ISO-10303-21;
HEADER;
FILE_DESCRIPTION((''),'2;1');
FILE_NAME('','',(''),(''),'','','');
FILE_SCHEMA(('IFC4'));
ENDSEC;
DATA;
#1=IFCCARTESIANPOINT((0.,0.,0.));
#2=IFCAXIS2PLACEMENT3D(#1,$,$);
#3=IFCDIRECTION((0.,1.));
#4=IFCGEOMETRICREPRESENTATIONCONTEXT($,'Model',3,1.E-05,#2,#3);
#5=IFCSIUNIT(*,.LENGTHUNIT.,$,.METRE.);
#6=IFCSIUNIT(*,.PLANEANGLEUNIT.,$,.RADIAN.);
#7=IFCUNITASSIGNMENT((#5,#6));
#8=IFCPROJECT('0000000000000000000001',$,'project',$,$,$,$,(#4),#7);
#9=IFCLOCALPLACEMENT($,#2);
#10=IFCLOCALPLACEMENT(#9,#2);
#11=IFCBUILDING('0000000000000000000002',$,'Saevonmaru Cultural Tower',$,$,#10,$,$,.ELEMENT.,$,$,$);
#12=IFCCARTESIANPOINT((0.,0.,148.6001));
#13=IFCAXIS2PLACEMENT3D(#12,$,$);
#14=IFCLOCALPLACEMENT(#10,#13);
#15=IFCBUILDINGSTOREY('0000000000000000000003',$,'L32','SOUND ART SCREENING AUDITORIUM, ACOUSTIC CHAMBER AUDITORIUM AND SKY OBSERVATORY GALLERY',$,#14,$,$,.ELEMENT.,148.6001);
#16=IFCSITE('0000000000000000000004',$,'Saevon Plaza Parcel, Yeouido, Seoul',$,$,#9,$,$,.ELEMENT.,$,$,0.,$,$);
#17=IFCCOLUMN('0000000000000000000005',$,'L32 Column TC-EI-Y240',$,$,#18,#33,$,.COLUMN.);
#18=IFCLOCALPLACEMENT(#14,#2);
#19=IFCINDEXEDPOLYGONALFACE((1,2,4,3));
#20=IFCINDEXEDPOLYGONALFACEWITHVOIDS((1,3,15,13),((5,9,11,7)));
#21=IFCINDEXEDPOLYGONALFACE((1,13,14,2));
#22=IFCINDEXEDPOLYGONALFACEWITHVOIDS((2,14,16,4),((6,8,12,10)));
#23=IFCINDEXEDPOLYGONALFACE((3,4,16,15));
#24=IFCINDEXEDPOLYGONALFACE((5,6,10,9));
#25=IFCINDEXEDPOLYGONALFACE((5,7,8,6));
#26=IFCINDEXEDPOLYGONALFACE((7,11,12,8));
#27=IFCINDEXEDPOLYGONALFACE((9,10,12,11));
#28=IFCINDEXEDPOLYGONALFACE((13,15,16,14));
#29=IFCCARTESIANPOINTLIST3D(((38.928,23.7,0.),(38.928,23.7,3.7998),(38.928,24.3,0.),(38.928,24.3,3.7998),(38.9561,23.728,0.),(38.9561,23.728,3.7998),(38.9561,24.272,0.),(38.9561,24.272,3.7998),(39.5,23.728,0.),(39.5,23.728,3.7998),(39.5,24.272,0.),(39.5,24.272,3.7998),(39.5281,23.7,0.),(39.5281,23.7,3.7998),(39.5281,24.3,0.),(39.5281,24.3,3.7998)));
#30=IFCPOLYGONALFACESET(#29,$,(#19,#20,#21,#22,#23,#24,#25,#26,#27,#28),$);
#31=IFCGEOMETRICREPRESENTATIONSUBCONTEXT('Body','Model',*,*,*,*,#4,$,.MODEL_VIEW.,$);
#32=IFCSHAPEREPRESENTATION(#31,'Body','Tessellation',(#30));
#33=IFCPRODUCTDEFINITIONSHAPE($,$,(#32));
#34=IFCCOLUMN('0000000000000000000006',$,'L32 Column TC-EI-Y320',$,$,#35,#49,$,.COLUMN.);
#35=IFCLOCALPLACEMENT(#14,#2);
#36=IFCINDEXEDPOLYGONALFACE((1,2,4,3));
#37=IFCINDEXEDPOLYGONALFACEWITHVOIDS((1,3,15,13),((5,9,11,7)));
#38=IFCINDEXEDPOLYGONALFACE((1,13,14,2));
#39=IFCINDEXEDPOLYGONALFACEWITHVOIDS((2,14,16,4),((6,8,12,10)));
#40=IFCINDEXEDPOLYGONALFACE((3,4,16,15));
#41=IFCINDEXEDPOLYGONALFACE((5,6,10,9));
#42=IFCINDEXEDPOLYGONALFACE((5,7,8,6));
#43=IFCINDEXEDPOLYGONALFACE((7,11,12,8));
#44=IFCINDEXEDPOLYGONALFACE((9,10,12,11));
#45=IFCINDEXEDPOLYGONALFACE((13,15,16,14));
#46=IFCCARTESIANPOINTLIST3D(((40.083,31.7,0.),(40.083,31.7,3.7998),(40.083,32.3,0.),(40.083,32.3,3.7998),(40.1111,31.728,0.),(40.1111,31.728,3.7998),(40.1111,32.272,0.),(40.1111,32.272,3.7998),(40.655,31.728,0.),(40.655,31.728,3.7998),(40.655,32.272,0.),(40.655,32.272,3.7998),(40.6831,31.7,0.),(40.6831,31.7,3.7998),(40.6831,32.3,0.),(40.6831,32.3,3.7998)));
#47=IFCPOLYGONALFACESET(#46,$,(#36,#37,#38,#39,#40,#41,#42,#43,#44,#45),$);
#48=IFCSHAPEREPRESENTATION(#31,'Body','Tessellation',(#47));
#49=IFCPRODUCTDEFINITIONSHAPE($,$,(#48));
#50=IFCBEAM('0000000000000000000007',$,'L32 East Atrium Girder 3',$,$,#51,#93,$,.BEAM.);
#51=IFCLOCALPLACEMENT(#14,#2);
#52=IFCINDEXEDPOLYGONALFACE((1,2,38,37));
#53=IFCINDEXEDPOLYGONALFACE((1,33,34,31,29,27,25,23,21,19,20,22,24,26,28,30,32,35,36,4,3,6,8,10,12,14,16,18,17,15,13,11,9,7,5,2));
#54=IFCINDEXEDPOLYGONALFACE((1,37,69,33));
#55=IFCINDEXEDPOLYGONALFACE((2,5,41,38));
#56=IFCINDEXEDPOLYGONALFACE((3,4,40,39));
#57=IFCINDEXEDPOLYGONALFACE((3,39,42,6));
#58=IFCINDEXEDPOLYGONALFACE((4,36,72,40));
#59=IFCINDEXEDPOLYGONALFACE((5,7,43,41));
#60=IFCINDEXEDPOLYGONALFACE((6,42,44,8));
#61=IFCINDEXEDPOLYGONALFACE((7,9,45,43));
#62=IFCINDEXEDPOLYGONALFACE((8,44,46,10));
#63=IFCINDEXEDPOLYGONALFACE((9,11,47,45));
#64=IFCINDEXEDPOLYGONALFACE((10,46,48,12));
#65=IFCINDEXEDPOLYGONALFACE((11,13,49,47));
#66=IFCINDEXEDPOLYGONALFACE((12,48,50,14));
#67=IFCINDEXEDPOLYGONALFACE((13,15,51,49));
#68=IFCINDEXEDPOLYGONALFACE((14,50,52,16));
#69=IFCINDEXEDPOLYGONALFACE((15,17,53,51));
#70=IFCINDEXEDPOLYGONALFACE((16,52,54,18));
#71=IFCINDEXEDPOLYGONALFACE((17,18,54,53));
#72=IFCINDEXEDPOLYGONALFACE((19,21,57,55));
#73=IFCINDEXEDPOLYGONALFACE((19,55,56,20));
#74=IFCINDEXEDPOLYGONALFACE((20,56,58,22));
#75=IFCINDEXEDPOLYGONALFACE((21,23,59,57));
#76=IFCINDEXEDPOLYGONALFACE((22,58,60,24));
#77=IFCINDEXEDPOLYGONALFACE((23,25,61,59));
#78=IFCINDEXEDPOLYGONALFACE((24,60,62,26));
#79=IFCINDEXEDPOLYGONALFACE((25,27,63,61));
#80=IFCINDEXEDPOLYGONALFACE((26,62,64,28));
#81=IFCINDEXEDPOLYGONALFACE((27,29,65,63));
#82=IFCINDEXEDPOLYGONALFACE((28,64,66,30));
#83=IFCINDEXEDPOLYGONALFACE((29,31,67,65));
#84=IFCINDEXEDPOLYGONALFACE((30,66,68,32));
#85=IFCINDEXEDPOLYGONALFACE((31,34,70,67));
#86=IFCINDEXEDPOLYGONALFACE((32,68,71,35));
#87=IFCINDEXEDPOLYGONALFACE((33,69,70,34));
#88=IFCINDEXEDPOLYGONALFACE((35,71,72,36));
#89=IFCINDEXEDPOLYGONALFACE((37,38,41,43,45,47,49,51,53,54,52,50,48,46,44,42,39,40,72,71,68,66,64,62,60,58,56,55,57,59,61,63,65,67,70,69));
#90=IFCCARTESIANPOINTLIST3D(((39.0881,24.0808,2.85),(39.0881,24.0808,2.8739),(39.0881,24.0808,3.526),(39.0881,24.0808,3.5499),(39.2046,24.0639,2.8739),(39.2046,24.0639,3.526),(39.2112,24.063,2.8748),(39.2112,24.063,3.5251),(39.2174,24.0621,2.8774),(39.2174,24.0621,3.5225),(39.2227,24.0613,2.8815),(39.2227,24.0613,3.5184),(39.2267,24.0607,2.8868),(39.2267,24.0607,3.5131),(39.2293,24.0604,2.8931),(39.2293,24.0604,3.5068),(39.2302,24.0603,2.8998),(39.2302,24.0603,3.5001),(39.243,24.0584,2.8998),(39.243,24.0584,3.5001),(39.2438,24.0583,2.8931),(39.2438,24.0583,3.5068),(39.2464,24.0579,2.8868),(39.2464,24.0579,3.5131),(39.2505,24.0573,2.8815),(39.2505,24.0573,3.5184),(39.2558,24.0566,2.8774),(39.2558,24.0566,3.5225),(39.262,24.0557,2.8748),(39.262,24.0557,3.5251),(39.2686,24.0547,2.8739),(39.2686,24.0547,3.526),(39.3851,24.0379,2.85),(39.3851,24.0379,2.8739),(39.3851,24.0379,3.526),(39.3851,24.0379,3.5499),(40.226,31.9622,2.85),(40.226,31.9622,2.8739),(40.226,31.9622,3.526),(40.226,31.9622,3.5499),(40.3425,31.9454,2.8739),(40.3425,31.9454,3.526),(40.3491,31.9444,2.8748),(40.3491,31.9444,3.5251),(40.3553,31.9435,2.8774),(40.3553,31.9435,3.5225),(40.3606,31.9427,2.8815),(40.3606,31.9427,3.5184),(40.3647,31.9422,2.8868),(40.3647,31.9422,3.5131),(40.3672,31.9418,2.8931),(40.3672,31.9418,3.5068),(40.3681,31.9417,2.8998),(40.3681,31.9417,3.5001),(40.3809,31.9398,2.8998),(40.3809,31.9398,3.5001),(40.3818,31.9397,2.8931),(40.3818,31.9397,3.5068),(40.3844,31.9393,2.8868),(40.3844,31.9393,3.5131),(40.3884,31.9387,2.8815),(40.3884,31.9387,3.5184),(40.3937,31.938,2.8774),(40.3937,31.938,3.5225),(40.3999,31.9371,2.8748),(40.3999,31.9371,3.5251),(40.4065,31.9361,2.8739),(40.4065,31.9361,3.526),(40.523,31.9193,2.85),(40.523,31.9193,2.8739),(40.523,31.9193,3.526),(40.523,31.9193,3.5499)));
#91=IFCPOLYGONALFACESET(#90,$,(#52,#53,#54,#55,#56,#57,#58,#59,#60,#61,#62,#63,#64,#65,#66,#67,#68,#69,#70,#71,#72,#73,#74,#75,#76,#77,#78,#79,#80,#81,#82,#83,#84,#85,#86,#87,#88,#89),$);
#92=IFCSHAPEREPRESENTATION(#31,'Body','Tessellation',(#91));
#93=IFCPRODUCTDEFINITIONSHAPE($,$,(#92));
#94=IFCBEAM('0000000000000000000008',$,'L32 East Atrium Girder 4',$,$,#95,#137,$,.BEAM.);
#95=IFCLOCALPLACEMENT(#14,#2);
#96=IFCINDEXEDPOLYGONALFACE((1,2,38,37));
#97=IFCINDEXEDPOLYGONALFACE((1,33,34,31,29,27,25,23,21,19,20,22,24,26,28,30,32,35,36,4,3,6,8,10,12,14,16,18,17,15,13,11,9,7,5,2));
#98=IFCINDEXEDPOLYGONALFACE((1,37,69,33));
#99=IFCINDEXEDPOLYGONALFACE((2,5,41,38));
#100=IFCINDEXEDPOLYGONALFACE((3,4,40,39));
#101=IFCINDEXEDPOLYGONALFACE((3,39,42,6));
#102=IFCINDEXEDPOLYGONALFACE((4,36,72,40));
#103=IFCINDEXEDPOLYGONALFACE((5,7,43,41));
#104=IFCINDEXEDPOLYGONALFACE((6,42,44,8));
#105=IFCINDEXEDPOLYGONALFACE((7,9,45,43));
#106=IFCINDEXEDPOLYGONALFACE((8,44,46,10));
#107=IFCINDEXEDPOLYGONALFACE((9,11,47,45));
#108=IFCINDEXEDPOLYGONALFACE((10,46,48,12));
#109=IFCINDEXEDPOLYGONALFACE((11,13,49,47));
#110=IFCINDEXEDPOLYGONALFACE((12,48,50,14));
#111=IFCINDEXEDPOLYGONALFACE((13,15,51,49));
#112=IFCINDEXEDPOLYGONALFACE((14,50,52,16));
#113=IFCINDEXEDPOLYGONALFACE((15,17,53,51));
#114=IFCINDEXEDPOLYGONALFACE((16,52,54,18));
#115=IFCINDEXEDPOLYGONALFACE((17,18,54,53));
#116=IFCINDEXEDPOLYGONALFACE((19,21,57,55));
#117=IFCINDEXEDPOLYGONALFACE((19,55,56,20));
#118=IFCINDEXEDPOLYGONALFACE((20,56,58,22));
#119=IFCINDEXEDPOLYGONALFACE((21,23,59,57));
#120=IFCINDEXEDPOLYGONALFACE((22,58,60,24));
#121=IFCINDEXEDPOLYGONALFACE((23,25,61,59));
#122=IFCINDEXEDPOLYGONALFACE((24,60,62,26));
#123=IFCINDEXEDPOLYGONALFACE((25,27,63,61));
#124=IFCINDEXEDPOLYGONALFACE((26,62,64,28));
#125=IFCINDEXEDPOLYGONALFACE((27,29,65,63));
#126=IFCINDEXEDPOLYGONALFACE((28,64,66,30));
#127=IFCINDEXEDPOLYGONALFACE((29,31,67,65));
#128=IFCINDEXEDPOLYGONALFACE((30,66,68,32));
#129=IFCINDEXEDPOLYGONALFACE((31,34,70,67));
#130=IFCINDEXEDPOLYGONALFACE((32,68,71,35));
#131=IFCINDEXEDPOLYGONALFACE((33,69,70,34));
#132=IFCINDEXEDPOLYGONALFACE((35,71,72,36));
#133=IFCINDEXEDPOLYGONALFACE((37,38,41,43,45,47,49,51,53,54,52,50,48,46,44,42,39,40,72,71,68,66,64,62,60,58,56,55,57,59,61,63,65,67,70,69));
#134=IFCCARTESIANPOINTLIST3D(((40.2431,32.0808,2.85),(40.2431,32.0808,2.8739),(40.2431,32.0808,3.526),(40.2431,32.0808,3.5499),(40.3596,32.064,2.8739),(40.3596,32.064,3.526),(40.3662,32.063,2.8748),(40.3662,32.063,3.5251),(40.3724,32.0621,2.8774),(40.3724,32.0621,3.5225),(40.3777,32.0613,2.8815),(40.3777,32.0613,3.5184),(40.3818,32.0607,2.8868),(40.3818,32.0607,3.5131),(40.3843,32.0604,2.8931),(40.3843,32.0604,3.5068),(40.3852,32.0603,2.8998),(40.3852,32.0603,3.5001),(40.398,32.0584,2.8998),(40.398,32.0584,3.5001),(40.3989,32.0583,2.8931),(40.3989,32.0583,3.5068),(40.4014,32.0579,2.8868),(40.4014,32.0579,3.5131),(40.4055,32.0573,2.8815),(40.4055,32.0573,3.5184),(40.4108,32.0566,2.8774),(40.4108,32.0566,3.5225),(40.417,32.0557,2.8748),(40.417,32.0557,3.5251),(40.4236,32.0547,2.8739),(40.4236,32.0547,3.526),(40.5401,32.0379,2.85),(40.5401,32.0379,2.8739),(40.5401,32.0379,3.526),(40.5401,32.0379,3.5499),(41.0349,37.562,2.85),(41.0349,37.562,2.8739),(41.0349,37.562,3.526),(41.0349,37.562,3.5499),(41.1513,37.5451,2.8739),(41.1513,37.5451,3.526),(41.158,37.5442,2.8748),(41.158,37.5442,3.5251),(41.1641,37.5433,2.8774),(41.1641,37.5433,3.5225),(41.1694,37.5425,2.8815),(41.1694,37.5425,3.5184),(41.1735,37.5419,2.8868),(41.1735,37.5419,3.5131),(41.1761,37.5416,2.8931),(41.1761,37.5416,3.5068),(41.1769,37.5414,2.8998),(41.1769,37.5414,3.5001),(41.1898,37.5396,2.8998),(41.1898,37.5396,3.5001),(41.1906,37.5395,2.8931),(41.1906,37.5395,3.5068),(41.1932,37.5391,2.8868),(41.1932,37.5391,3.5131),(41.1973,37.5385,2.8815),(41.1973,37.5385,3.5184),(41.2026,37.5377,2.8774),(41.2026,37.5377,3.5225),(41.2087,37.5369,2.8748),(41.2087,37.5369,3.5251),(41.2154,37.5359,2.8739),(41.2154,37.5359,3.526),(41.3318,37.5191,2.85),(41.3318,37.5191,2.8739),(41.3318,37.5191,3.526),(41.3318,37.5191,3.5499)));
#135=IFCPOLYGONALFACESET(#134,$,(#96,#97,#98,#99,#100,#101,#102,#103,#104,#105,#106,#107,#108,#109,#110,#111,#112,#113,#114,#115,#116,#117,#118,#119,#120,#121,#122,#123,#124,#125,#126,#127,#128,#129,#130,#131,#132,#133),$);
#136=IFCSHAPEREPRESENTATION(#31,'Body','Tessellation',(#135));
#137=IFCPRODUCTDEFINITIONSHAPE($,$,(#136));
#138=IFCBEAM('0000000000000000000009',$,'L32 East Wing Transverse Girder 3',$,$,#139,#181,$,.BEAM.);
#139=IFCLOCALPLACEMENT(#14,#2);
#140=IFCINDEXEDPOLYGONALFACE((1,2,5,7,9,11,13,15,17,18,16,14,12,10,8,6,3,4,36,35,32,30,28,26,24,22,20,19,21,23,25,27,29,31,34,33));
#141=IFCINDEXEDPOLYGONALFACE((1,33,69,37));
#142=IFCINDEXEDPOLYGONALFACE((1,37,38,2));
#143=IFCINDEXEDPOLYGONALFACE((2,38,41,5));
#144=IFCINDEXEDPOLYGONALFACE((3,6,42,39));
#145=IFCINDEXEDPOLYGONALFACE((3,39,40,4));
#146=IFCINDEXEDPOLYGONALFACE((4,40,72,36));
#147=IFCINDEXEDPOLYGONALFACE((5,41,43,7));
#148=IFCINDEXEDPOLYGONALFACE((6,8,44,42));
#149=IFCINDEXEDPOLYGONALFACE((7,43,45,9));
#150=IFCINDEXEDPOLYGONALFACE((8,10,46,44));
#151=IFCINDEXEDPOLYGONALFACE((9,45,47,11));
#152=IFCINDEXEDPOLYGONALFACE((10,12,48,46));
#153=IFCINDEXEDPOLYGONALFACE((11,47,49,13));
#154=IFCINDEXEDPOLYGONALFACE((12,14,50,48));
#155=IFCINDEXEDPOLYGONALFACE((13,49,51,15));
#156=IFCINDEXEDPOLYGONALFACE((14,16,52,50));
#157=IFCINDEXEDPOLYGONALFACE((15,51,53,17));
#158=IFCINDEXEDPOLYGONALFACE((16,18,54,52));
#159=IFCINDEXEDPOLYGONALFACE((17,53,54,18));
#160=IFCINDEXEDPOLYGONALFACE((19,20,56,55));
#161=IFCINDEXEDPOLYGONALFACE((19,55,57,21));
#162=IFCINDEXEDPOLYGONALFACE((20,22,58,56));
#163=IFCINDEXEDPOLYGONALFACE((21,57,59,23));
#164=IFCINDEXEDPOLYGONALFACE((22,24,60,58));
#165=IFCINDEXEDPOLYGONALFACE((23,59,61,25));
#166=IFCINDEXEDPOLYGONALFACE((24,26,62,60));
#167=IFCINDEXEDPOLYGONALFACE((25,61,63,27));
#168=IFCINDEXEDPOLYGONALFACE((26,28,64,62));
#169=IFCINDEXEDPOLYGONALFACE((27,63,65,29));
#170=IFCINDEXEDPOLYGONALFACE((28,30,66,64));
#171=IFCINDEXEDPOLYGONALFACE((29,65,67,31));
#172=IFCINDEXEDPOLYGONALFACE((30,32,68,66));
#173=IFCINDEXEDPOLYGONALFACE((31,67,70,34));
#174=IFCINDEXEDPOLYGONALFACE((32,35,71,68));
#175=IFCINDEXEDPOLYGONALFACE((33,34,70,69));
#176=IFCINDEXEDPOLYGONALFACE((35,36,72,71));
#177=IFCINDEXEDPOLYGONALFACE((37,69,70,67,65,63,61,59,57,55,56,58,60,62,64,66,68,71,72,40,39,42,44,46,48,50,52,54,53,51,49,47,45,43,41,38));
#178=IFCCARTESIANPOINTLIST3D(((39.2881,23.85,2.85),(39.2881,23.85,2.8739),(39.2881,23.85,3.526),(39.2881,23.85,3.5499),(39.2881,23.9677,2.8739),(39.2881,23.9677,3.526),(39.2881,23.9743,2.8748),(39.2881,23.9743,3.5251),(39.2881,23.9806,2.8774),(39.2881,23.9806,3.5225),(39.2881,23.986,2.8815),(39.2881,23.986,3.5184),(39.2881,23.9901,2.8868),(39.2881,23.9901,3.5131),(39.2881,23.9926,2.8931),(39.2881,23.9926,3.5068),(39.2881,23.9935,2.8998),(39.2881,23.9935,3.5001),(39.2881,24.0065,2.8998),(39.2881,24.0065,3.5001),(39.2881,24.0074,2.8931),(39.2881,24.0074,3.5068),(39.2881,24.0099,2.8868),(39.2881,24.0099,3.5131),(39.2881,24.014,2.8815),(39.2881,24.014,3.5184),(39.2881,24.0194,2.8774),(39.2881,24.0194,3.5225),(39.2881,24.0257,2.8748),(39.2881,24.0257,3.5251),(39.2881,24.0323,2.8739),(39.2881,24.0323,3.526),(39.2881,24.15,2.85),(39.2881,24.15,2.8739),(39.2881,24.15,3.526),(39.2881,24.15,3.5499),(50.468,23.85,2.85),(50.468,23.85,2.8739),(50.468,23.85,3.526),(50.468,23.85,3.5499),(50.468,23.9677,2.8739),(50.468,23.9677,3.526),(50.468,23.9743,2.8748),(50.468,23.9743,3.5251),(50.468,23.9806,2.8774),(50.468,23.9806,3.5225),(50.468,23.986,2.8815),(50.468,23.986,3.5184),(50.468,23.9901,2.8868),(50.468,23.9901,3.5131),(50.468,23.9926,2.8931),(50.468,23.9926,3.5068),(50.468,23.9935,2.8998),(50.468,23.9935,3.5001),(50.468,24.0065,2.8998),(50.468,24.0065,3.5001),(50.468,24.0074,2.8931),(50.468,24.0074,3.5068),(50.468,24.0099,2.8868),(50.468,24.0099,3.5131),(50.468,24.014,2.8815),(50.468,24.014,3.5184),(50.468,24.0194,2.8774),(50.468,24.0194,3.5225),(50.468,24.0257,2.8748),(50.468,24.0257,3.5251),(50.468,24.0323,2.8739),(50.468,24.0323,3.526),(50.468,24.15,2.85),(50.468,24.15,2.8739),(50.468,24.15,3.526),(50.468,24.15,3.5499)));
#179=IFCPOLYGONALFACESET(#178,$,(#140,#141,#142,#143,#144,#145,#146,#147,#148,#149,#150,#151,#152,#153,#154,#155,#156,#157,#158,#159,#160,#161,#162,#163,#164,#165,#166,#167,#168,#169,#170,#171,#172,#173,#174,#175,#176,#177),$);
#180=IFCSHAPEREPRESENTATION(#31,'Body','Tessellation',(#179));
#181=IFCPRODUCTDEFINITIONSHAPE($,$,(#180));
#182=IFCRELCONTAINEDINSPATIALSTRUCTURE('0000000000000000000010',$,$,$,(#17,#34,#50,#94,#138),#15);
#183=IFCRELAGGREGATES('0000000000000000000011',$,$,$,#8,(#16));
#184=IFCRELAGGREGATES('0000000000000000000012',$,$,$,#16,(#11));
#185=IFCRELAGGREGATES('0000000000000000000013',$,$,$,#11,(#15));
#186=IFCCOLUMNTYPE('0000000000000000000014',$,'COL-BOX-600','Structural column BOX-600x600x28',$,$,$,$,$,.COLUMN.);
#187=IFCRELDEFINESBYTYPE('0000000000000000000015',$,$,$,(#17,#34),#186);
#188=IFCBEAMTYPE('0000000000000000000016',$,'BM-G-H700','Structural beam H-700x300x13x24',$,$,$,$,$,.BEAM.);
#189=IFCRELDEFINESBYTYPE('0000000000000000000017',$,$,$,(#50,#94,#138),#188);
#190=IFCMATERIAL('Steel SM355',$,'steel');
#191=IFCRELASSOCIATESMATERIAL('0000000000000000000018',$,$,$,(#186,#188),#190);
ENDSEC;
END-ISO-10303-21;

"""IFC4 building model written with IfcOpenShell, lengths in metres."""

from ifc_helpers import new_model, si_unit, direction, frame, origin, origin_2d, place, context, subcontext, project, spatial, hollow_rectangle, i_section, extrude, material, material_profile, profile_set, type_object, element, save


model = new_model("IFC4")

# Units and contexts
model_context = context("Model", 3, precision=1e-05, world=origin(), true_north=direction((0.0, 1.0)))
body_context = subcontext(model_context, "Body", "Model", "MODEL_VIEW")
ifc_project = project(units=[si_unit("LENGTHUNIT", "METRE"), si_unit("PLANEANGLEUNIT", "RADIAN")], contexts=[model_context])

# Site, building, storey
site_placement = place(None, origin())
site = spatial("IfcSite", under=ifc_project, at=site_placement, Name="Saevon Plaza Parcel, Yeouido, Seoul", CompositionType="ELEMENT", RefElevation=0.0)
building_placement = place(site_placement, origin())
building = spatial("IfcBuilding", under=site, at=building_placement, Name="Saevonmaru Cultural Tower", CompositionType="ELEMENT")
storey_placement = place(building_placement, frame((0.0, 0.0, 148.6001)))
storey = spatial("IfcBuildingStorey", under=building, at=storey_placement, Name="L32", Description="SOUND ART SCREENING AUDITORIUM, ACOUSTIC CHAMBER AUDITORIUM AND SKY OBSERVATORY GALLERY", CompositionType="ELEMENT", Elevation=148.6001)

# Columns
ifc_material_1 = material(Name="Steel SM355", Category="steel")
ifc_material_profile_1 = material_profile(ifc_material_1, hollow_rectangle(XDim=0.6001, YDim=0.6001, WallThickness=0.0281, at=origin_2d()), Name="BOX-600x600x28")
ifc_profile_set_1 = profile_set([ifc_material_profile_1], Name="Steel SM355")
column_type = type_object("IfcColumnType", Name="COL-BOX-600", Description="Structural column BOX-600x600x28", PredefinedType="COLUMN", material=ifc_profile_set_1)
for number, where, z_axis, x_axis, name in (
    (1, (39.228, 24.0, 0.0), (0.0, 0.0, 1.0), (1.0, 0.0, 0.0), "L32 Column TC-EI-Y240"),
    (2, (40.3831, 32.0, 0.0), (0.0, 0.0, 1.0), (1.0, 0.0, 0.0), "L32 Column TC-EI-Y320"),
):
    element("IfcColumn", number, at=place(storey_placement, frame(where, z_axis=z_axis, x_axis=x_axis)), inside=storey, type_object=column_type, Name=name, PredefinedType="COLUMN", context=body_context, shape_type="SweptSolid", body=[
        extrude(hollow_rectangle(XDim=0.6001, YDim=0.6001, WallThickness=0.0281, at=origin_2d()), origin(), (0.0, 0.0, 1.0), 3.7998),
    ])

# Beams
ifc_material_profile_2 = material_profile(ifc_material_1, i_section(OverallWidth=0.3, OverallDepth=0.7, WebThickness=0.0129, FlangeThickness=0.0239, FilletRadius=0.0259, at=origin_2d()), Name="H-700x300x13x24")
ifc_profile_set_2 = profile_set([ifc_material_profile_2], Name="Steel SM355")
beam_type_1 = type_object("IfcBeamType", Name="BM-G-H700", Description="Structural beam H-700x300x13x24", PredefinedType="BEAM", material=ifc_profile_set_2)
beam_1_placement = place(storey_placement, frame((39.2366, 24.0593, 3.2), z_axis=(0.142902, 0.989737, 0.0), x_axis=(-0.989737, 0.142902, 0.0)))
element("IfcBeam", 3, at=beam_1_placement, inside=storey, type_object=beam_type_1, Name="L32 East Atrium Girder 3", PredefinedType="BEAM", context=body_context, shape_type="SweptSolid", body=[
    extrude(i_section(OverallWidth=0.3, OverallDepth=0.7, WebThickness=0.0129, FlangeThickness=0.0239, FilletRadius=0.0259, at=origin_2d()), origin(), (0.0, 0.0, 1.0), 7.9631),
])
beam_2_placement = place(storey_placement, frame((40.3916, 32.0593, 3.2), z_axis=(0.142964, 0.989728, 0.0), x_axis=(-0.989728, 0.142964, 0.0)))
element("IfcBeam", 4, at=beam_2_placement, inside=storey, type_object=beam_type_1, Name="L32 East Atrium Girder 4", PredefinedType="BEAM", context=body_context, shape_type="SweptSolid", body=[
    extrude(i_section(OverallWidth=0.3, OverallDepth=0.7, WebThickness=0.0129, FlangeThickness=0.0239, FilletRadius=0.0259, at=origin_2d()), origin(), (0.0, 0.0, 1.0), 5.5381),
])
for number, where, z_axis, x_axis, name in (
    (5, (39.2881, 24.0, 3.2), (1.0, 0.0, 0.0), (0.0, 1.0, 0.0), "L32 East Wing Transverse Girder 3"),
):
    element("IfcBeam", number, at=place(storey_placement, frame(where, z_axis=z_axis, x_axis=x_axis)), inside=storey, type_object=beam_type_1, Name=name, PredefinedType="BEAM", context=body_context, shape_type="SweptSolid", body=[
        extrude(i_section(OverallWidth=0.3, OverallDepth=0.7, WebThickness=0.0129, FlangeThickness=0.0239, FilletRadius=0.0259, at=origin_2d()), origin(), (0.0, 0.0, 1.0), 11.1799),
    ])

save(model, "model.ifc")
